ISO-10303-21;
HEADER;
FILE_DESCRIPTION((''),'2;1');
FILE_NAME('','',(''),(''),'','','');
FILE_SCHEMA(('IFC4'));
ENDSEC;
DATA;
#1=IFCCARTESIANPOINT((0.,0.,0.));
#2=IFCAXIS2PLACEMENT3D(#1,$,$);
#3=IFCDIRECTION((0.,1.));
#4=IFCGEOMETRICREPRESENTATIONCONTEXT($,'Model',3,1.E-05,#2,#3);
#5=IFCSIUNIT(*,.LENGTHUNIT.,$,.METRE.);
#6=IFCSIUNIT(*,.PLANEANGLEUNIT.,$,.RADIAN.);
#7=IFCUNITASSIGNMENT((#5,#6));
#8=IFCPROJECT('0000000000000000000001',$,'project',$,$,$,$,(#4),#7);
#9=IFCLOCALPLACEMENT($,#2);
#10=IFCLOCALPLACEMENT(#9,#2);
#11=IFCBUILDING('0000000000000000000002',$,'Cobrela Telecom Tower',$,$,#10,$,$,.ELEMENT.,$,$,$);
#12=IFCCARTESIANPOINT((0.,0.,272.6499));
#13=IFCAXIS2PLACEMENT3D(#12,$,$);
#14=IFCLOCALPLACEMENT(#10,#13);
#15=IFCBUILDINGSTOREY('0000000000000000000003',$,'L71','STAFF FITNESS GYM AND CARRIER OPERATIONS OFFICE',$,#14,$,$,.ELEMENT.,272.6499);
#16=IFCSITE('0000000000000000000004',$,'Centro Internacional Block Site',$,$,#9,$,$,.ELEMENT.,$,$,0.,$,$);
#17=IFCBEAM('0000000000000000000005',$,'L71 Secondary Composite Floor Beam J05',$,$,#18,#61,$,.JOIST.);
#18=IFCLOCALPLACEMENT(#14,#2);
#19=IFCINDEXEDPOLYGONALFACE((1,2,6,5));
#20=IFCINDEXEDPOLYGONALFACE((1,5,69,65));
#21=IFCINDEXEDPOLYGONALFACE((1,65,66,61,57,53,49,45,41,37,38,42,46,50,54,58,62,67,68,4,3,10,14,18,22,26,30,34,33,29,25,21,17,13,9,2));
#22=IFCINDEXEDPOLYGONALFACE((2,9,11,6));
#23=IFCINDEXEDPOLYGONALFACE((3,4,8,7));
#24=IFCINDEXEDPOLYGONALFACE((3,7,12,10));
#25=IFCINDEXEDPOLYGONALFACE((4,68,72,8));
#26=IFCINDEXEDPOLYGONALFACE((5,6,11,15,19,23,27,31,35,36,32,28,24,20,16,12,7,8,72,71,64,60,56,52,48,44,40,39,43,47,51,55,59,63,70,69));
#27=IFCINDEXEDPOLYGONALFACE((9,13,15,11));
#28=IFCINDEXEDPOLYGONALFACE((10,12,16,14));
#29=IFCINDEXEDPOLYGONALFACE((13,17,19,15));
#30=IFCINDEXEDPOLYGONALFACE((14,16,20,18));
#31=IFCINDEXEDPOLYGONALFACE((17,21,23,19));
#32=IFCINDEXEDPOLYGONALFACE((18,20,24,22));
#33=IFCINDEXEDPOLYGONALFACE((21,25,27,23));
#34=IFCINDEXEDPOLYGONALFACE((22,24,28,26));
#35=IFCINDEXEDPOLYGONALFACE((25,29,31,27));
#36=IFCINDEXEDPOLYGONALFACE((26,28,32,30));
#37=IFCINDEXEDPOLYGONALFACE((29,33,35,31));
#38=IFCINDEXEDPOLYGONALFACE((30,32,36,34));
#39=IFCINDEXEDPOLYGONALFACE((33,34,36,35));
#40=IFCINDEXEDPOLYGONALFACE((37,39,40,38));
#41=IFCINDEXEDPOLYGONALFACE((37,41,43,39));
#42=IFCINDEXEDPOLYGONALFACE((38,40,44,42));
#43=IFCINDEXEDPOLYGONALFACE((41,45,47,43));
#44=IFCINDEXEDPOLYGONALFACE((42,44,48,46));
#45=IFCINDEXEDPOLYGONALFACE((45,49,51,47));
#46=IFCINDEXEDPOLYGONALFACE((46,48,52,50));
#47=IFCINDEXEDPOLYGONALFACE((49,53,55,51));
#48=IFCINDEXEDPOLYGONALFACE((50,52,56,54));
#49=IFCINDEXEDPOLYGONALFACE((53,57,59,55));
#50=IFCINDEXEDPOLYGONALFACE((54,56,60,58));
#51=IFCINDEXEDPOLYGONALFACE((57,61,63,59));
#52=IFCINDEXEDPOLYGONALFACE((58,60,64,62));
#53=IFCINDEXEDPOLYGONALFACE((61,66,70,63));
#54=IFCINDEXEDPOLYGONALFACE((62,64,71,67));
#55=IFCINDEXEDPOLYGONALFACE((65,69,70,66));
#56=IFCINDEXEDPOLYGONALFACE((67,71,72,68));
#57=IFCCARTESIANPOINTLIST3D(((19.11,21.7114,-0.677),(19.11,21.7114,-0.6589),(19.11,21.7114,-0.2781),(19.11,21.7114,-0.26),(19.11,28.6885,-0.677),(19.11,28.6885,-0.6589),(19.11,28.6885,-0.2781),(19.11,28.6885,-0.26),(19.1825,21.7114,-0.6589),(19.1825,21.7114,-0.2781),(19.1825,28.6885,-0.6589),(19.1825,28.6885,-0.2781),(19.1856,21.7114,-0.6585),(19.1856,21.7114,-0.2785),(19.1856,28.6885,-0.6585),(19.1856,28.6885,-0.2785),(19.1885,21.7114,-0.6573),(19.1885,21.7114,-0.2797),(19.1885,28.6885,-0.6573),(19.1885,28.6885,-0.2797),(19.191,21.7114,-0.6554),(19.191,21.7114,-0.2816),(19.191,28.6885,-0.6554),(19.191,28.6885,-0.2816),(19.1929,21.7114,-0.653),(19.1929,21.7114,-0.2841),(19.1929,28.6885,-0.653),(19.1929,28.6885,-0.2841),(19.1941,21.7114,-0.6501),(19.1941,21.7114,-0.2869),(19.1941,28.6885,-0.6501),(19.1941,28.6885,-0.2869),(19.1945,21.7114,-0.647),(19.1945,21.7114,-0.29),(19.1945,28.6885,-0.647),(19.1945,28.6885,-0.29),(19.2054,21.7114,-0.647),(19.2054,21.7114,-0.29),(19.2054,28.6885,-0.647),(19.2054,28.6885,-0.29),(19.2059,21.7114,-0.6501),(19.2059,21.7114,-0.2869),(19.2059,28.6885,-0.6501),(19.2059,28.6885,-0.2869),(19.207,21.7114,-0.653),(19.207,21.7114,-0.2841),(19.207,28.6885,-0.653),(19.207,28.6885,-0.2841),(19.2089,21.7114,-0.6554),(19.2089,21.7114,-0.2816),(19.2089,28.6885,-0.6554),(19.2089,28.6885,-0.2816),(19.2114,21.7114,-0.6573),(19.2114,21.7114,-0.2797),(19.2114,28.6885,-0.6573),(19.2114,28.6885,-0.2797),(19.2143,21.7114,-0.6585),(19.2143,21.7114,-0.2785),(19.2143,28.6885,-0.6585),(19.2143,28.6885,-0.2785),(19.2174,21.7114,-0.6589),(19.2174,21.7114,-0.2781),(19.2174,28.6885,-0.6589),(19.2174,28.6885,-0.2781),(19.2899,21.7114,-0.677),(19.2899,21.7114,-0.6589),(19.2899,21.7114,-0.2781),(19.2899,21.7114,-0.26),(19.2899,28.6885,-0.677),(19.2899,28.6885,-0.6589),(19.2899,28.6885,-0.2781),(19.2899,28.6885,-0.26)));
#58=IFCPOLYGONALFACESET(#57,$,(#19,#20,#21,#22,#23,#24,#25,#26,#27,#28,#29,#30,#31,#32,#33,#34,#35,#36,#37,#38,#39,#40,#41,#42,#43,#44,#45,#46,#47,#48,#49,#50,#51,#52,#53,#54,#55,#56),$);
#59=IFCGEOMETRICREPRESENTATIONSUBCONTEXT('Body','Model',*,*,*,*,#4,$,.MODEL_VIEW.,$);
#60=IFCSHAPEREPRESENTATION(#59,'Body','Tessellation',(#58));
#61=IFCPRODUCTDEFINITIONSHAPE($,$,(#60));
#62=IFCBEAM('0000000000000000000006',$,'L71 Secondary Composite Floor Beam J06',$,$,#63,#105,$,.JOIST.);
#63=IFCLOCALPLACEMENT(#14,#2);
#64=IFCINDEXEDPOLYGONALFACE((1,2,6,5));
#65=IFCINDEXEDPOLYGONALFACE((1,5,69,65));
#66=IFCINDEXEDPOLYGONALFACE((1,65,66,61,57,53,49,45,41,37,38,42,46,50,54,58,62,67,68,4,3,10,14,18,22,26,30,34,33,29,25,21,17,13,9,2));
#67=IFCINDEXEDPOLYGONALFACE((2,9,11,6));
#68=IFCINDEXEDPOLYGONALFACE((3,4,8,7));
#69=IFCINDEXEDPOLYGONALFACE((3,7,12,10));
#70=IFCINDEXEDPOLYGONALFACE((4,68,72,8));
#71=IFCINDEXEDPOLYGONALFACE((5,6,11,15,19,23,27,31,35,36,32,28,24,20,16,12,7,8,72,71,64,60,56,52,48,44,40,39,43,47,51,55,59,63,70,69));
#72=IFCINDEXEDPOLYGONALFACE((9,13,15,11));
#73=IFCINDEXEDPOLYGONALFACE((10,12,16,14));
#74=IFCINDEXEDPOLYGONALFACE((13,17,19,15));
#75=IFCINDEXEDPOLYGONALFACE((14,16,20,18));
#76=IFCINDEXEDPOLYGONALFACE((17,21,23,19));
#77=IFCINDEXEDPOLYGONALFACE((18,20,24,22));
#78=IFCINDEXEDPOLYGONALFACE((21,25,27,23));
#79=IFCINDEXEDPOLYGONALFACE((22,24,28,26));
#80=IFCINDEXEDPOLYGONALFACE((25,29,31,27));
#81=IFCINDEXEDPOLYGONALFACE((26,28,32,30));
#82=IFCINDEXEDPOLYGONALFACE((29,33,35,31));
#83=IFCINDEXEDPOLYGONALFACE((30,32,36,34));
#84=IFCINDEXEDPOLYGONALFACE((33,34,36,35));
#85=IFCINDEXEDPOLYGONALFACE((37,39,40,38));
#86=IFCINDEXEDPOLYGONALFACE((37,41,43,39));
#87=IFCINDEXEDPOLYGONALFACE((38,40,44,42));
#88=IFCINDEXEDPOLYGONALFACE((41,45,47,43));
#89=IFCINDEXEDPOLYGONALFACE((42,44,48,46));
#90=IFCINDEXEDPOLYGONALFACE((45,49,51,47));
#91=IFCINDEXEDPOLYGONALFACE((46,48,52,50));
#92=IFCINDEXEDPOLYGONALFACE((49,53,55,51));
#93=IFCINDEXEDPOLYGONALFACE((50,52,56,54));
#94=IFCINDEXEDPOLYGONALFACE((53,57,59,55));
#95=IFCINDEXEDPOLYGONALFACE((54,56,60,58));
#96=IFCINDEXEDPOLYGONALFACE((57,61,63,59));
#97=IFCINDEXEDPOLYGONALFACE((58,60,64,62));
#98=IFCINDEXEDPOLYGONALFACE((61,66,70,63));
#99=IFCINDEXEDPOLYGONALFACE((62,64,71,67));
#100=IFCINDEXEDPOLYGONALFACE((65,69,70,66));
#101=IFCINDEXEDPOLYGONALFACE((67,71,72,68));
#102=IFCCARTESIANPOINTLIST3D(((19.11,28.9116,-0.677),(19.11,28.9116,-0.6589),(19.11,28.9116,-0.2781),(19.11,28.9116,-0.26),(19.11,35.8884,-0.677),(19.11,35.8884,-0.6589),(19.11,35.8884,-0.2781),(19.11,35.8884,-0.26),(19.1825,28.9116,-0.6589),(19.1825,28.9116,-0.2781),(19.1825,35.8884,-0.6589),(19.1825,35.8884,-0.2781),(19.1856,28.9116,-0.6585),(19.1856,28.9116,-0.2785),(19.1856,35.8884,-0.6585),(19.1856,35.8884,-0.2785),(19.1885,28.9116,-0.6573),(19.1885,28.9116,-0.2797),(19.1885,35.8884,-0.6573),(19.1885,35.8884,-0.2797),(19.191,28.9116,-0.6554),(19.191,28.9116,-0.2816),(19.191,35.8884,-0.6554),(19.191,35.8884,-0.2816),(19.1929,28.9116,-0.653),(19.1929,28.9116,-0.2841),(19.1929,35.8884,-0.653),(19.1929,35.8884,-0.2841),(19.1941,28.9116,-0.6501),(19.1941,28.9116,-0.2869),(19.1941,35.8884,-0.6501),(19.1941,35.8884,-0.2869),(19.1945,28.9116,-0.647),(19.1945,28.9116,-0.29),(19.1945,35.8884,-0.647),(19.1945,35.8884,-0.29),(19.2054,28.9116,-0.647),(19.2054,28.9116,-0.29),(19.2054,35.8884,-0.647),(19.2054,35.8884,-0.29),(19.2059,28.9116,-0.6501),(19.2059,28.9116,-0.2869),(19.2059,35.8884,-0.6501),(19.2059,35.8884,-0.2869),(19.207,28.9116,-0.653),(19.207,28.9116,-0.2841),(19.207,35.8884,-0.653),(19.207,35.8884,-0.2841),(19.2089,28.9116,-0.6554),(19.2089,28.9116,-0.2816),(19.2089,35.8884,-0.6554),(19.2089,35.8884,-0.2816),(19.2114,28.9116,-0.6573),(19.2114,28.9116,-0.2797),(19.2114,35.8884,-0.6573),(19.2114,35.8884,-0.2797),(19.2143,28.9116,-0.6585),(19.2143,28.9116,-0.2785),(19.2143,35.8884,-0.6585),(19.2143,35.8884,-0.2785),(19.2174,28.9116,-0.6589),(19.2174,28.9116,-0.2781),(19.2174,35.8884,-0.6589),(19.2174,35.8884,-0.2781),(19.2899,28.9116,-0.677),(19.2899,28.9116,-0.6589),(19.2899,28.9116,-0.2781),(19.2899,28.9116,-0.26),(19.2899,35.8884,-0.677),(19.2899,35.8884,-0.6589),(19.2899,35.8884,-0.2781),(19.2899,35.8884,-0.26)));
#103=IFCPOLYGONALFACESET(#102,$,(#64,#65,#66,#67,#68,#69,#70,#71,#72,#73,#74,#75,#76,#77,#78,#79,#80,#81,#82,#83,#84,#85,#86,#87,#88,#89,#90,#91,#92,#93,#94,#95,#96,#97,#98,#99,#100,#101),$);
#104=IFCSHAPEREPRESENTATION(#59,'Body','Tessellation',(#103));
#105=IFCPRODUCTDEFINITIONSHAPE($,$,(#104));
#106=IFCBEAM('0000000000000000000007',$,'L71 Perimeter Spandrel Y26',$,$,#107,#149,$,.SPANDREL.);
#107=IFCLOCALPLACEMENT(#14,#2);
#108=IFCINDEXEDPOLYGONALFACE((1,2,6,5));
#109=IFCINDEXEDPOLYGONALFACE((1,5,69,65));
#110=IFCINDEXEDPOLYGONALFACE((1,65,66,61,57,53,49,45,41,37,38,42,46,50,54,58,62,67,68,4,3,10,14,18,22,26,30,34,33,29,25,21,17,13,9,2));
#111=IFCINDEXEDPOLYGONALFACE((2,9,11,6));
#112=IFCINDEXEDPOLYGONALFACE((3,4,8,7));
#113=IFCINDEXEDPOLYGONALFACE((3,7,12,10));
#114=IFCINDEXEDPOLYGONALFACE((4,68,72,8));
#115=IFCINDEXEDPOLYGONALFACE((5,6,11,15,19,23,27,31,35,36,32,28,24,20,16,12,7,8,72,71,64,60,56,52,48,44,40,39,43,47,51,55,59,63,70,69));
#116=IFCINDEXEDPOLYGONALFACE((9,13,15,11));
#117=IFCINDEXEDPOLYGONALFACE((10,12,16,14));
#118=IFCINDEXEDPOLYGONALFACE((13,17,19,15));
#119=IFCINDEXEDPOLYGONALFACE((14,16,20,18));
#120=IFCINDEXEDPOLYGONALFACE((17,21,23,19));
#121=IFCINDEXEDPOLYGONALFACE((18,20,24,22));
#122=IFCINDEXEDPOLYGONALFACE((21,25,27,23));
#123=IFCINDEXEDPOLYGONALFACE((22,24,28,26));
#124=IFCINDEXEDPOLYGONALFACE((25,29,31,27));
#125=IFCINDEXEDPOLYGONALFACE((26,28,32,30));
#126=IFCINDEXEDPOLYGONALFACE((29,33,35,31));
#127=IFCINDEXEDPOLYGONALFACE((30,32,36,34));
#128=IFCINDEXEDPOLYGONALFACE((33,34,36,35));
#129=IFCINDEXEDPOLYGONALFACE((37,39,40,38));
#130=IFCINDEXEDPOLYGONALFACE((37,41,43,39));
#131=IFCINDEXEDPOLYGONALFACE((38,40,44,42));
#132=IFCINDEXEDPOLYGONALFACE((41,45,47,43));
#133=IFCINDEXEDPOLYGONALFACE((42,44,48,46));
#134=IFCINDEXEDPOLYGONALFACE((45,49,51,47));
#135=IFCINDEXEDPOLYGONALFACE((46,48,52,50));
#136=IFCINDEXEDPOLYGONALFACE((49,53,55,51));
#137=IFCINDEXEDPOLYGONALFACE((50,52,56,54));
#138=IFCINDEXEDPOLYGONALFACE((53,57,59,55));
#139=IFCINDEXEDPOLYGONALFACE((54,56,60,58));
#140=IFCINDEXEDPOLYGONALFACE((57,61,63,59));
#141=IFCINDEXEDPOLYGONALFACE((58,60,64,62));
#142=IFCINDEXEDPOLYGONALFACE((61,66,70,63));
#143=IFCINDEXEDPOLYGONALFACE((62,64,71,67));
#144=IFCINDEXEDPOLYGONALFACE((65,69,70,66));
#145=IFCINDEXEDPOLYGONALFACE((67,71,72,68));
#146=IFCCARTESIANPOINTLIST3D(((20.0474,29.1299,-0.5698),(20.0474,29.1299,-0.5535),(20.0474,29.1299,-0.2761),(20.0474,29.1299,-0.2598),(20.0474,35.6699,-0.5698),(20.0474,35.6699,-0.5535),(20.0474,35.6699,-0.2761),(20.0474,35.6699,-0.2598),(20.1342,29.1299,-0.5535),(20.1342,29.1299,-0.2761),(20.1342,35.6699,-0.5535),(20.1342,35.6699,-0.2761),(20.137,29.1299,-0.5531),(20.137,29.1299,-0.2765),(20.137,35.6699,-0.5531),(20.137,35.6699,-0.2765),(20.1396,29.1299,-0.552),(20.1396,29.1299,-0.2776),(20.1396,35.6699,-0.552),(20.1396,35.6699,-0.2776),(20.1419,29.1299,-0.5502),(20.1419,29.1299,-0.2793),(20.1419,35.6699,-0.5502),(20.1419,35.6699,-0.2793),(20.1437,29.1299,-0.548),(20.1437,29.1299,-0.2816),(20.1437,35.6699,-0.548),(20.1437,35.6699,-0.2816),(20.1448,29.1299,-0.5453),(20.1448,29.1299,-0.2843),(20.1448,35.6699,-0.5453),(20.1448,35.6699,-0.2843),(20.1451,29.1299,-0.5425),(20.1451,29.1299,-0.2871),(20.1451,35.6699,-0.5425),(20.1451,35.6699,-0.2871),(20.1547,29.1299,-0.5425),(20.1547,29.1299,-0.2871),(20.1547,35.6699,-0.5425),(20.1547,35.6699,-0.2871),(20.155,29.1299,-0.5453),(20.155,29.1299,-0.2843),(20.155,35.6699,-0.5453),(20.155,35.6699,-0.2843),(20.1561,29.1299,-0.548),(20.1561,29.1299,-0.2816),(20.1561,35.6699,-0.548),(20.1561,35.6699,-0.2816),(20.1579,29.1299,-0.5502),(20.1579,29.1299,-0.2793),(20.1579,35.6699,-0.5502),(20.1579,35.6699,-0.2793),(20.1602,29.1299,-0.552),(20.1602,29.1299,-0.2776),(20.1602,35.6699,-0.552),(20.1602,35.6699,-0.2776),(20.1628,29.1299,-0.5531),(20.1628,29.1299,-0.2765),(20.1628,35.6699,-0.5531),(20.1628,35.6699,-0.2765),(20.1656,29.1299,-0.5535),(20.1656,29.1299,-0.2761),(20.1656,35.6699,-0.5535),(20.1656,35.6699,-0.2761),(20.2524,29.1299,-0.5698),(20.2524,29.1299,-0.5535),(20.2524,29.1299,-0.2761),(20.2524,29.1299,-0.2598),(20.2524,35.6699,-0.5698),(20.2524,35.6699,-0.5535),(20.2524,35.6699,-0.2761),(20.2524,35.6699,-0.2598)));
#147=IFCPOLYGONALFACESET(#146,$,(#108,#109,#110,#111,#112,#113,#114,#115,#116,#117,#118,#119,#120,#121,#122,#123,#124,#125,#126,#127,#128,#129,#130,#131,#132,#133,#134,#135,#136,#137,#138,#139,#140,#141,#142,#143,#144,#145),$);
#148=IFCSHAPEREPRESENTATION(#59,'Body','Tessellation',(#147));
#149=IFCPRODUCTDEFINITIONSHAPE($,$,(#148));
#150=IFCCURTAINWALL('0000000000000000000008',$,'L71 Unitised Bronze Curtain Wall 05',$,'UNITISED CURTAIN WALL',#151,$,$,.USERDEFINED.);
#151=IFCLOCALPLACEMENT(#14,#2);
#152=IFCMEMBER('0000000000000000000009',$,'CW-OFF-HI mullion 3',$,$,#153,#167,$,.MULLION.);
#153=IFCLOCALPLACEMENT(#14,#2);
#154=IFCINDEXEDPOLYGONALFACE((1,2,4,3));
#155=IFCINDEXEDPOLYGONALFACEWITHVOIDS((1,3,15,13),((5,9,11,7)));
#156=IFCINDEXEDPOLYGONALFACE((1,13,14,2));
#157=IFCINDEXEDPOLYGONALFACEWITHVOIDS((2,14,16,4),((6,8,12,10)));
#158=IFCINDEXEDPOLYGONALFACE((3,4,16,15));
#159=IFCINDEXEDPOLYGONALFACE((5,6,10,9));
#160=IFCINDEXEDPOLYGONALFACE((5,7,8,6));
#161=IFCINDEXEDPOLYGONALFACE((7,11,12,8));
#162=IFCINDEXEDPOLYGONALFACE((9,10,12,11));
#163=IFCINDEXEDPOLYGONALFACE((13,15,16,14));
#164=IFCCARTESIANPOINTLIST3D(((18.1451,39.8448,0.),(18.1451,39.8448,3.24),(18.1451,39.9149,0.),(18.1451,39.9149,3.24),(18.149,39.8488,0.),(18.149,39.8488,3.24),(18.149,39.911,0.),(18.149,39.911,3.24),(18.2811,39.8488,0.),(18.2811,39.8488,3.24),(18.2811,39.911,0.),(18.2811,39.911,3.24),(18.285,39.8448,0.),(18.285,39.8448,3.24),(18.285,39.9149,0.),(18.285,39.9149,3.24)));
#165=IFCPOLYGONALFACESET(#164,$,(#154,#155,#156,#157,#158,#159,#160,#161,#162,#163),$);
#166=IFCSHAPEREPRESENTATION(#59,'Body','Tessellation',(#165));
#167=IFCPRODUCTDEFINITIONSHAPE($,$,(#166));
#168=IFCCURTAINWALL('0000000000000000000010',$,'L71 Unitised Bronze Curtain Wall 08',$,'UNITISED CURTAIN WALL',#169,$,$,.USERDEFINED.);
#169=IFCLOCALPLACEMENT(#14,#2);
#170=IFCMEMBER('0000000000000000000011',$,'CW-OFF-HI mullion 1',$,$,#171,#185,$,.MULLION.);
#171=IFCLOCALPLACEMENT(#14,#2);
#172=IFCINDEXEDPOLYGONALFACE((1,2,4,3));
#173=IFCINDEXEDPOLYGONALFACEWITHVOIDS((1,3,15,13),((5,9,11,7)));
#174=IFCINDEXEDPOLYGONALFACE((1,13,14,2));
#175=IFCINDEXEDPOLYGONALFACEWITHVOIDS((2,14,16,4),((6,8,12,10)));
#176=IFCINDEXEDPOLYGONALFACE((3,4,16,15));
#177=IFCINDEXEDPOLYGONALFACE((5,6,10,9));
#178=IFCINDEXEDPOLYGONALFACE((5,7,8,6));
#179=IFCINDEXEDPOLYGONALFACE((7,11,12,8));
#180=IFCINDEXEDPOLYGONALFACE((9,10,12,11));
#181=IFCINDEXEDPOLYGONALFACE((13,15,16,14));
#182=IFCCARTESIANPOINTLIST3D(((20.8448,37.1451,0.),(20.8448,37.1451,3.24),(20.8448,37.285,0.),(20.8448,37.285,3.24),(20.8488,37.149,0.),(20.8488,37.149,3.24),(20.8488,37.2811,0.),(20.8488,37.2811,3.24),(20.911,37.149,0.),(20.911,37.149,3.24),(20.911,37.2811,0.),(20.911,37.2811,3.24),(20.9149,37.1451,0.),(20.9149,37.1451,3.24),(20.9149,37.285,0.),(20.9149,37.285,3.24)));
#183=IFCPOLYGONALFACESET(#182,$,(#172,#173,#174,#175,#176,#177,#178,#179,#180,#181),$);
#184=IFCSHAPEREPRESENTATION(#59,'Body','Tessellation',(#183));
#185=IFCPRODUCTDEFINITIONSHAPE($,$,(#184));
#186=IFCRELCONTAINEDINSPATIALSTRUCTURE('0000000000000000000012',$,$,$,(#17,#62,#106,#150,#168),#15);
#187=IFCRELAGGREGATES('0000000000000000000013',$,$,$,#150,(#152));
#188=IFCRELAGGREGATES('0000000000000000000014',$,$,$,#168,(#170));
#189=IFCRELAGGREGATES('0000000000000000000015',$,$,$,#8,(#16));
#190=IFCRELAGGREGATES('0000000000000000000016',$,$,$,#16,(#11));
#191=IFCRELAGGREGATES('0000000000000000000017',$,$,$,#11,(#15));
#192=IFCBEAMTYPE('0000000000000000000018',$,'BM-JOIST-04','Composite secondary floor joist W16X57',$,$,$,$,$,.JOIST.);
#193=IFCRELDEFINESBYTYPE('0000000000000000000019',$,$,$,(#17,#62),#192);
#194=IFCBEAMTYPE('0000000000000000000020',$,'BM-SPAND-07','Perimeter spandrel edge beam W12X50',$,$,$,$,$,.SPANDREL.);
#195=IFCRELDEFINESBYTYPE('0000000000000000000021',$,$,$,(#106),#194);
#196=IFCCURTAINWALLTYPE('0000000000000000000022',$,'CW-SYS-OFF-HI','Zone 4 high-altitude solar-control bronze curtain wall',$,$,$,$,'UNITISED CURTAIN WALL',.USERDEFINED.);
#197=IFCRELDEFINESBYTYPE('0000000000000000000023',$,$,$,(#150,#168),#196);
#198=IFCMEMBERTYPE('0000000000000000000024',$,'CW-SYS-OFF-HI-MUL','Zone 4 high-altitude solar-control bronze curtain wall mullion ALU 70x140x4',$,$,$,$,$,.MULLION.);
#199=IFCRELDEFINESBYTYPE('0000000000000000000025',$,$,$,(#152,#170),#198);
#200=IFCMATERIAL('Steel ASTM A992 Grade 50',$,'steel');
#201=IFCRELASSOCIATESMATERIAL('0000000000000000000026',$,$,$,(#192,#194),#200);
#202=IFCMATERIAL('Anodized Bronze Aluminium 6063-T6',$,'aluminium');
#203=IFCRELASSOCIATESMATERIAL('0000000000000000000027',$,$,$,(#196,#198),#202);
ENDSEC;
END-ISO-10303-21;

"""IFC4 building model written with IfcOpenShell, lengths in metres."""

from ifc_helpers import new_model, si_unit, direction, frame, origin, origin_2d, place, context, subcontext, project, spatial, hollow_rectangle, i_section, extrude, material, material_profile, profile_set, type_object, element, aggregate, save


model = new_model("IFC4")

# Units and contexts
model_context = context("Model", 3, precision=1e-05, world=origin(), true_north=direction((0.0, 1.0)))
body_context = subcontext(model_context, "Body", "Model", "MODEL_VIEW")
ifc_project = project(units=[si_unit("LENGTHUNIT", "METRE"), si_unit("PLANEANGLEUNIT", "RADIAN")], contexts=[model_context])

# Site, building, storey
site_placement = place(None, origin())
site = spatial("IfcSite", under=ifc_project, at=site_placement, Name="Centro Internacional Block Site", CompositionType="ELEMENT", RefElevation=0.0)
building_placement = place(site_placement, origin())
building = spatial("IfcBuilding", under=site, at=building_placement, Name="Cobrela Telecom Tower", CompositionType="ELEMENT")
storey_placement = place(building_placement, frame((0.0, 0.0, 272.6499)))
storey = spatial("IfcBuildingStorey", under=building, at=storey_placement, Name="L71", Description="STAFF FITNESS GYM AND CARRIER OPERATIONS OFFICE", CompositionType="ELEMENT", Elevation=272.6499)

# Shared definitions
ifc_material_1 = material(Name="Steel ASTM A992 Grade 50", Category="steel")

# Beams
ifc_material_profile_1 = material_profile(ifc_material_1, i_section(OverallWidth=0.1799, OverallDepth=0.417, WebThickness=0.011, FlangeThickness=0.0181, FilletRadius=0.012, at=origin_2d()), Name="W16X57")
ifc_profile_set_1 = profile_set([ifc_material_profile_1], Name="Steel ASTM A992 Grade 50")
beam_type_1 = type_object("IfcBeamType", Name="BM-JOIST-04", Description="Composite secondary floor joist W16X57", PredefinedType="JOIST", material=ifc_profile_set_1)
beam_1_placement = place(storey_placement, frame((19.2, 21.7114, -0.4685), z_axis=(0.0, 1.0, 0.0), x_axis=(-1.0, 0.0, 0.0)))
element("IfcBeam", 1, at=beam_1_placement, inside=storey, type_object=beam_type_1, Name="L71 Secondary Composite Floor Beam J05", PredefinedType="JOIST", context=body_context, shape_type="SweptSolid", body=[
    extrude(i_section(OverallWidth=0.1799, OverallDepth=0.417, WebThickness=0.011, FlangeThickness=0.0181, FilletRadius=0.012, at=origin_2d()), origin(), (0.0, 0.0, 1.0), 6.9771),
])
beam_2_placement = place(storey_placement, frame((19.2, 28.9116, -0.4685), z_axis=(0.0, 1.0, 0.0), x_axis=(-1.0, 0.0, 0.0)))
element("IfcBeam", 2, at=beam_2_placement, inside=storey, type_object=beam_type_1, Name="L71 Secondary Composite Floor Beam J06", PredefinedType="JOIST", context=body_context, shape_type="SweptSolid", body=[
    extrude(i_section(OverallWidth=0.1799, OverallDepth=0.417, WebThickness=0.011, FlangeThickness=0.0181, FilletRadius=0.012, at=origin_2d()), origin(), (0.0, 0.0, 1.0), 6.9768),
])
ifc_material_profile_2 = material_profile(ifc_material_1, i_section(OverallWidth=0.2051, OverallDepth=0.3101, WebThickness=0.0095, FlangeThickness=0.0164, FilletRadius=0.011, at=origin_2d()), Name="W12X50")
ifc_profile_set_2 = profile_set([ifc_material_profile_2], Name="Steel ASTM A992 Grade 50")
beam_type_2 = type_object("IfcBeamType", Name="BM-SPAND-07", Description="Perimeter spandrel edge beam W12X50", PredefinedType="SPANDREL", material=ifc_profile_set_2)
beam_3_placement = place(storey_placement, frame((20.1499, 29.1299, -0.4148), z_axis=(0.0, 1.0, 0.0), x_axis=(-1.0, 0.0, 0.0)))
element("IfcBeam", 3, at=beam_3_placement, inside=storey, type_object=beam_type_2, Name="L71 Perimeter Spandrel Y26", PredefinedType="SPANDREL", context=body_context, shape_type="SweptSolid", body=[
    extrude(i_section(OverallWidth=0.2051, OverallDepth=0.3101, WebThickness=0.0095, FlangeThickness=0.0164, FilletRadius=0.011, at=origin_2d()), origin(), (0.0, 0.0, 1.0), 6.54),
])

# Curtain wall, member
ifc_material_2 = material(Name="Anodized Bronze Aluminium 6063-T6", Category="aluminium")
curtain_wall_type = type_object("IfcCurtainWallType", Name="CW-SYS-OFF-HI", Description="Zone 4 high-altitude solar-control bronze curtain wall", ElementType="UNITISED CURTAIN WALL", PredefinedType="USERDEFINED", material=ifc_material_2)
curtain_wall_1_placement = place(storey_placement, origin())
curtain_wall_1 = element("IfcCurtainWall", 4, at=curtain_wall_1_placement, inside=storey, type_object=curtain_wall_type, Name="L71 Unitised Bronze Curtain Wall 05", ObjectType="UNITISED CURTAIN WALL", PredefinedType="USERDEFINED")
ifc_material_profile_3 = material_profile(ifc_material_2, hollow_rectangle(XDim=0.0701, YDim=0.1399, WallThickness=0.0039, at=origin_2d()), Name="ALU 70x140x4")
ifc_profile_set_3 = profile_set([ifc_material_profile_3], Name="Anodized Bronze Aluminium 6063-T6")
member_type_1 = type_object("IfcMemberType", Name="CW-SYS-OFF-HI-MUL", Description="Zone 4 high-altitude solar-control bronze curtain wall mullion ALU 70x140x4", PredefinedType="MULLION", material=ifc_profile_set_3)
member_1_placement = place(storey_placement, frame((18.2151, 39.8799, 0.0), z_axis=(0.0, 0.0, 1.0), x_axis=(0.0, 1.0, 0.0)))
member_1 = element("IfcMember", 5, at=member_1_placement, type_object=member_type_1, Name="CW-OFF-HI mullion 3", PredefinedType="MULLION", context=body_context, shape_type="SweptSolid", body=[
    extrude(hollow_rectangle(XDim=0.0701, YDim=0.1399, WallThickness=0.0039, at=origin_2d()), origin(), (0.0, 0.0, 1.0), 3.24),
])
aggregate(curtain_wall_1, [member_1])

# Curtain wall, member
curtain_wall_2_placement = place(storey_placement, origin())
curtain_wall_2 = element("IfcCurtainWall", 6, at=curtain_wall_2_placement, inside=storey, type_object=curtain_wall_type, Name="L71 Unitised Bronze Curtain Wall 08", ObjectType="UNITISED CURTAIN WALL", PredefinedType="USERDEFINED")
member_2_placement = place(storey_placement, frame((20.8799, 37.2151, 0.0), z_axis=(0.0, 0.0, 1.0), x_axis=(1.0, 0.0, 0.0)))
member_2 = element("IfcMember", 7, at=member_2_placement, type_object=member_type_1, Name="CW-OFF-HI mullion 1", PredefinedType="MULLION", context=body_context, shape_type="SweptSolid", body=[
    extrude(hollow_rectangle(XDim=0.0701, YDim=0.1399, WallThickness=0.0039, at=origin_2d()), origin(), (0.0, 0.0, 1.0), 3.24),
])

aggregate(curtain_wall_2, [member_2])

save(model, "model.ifc")
